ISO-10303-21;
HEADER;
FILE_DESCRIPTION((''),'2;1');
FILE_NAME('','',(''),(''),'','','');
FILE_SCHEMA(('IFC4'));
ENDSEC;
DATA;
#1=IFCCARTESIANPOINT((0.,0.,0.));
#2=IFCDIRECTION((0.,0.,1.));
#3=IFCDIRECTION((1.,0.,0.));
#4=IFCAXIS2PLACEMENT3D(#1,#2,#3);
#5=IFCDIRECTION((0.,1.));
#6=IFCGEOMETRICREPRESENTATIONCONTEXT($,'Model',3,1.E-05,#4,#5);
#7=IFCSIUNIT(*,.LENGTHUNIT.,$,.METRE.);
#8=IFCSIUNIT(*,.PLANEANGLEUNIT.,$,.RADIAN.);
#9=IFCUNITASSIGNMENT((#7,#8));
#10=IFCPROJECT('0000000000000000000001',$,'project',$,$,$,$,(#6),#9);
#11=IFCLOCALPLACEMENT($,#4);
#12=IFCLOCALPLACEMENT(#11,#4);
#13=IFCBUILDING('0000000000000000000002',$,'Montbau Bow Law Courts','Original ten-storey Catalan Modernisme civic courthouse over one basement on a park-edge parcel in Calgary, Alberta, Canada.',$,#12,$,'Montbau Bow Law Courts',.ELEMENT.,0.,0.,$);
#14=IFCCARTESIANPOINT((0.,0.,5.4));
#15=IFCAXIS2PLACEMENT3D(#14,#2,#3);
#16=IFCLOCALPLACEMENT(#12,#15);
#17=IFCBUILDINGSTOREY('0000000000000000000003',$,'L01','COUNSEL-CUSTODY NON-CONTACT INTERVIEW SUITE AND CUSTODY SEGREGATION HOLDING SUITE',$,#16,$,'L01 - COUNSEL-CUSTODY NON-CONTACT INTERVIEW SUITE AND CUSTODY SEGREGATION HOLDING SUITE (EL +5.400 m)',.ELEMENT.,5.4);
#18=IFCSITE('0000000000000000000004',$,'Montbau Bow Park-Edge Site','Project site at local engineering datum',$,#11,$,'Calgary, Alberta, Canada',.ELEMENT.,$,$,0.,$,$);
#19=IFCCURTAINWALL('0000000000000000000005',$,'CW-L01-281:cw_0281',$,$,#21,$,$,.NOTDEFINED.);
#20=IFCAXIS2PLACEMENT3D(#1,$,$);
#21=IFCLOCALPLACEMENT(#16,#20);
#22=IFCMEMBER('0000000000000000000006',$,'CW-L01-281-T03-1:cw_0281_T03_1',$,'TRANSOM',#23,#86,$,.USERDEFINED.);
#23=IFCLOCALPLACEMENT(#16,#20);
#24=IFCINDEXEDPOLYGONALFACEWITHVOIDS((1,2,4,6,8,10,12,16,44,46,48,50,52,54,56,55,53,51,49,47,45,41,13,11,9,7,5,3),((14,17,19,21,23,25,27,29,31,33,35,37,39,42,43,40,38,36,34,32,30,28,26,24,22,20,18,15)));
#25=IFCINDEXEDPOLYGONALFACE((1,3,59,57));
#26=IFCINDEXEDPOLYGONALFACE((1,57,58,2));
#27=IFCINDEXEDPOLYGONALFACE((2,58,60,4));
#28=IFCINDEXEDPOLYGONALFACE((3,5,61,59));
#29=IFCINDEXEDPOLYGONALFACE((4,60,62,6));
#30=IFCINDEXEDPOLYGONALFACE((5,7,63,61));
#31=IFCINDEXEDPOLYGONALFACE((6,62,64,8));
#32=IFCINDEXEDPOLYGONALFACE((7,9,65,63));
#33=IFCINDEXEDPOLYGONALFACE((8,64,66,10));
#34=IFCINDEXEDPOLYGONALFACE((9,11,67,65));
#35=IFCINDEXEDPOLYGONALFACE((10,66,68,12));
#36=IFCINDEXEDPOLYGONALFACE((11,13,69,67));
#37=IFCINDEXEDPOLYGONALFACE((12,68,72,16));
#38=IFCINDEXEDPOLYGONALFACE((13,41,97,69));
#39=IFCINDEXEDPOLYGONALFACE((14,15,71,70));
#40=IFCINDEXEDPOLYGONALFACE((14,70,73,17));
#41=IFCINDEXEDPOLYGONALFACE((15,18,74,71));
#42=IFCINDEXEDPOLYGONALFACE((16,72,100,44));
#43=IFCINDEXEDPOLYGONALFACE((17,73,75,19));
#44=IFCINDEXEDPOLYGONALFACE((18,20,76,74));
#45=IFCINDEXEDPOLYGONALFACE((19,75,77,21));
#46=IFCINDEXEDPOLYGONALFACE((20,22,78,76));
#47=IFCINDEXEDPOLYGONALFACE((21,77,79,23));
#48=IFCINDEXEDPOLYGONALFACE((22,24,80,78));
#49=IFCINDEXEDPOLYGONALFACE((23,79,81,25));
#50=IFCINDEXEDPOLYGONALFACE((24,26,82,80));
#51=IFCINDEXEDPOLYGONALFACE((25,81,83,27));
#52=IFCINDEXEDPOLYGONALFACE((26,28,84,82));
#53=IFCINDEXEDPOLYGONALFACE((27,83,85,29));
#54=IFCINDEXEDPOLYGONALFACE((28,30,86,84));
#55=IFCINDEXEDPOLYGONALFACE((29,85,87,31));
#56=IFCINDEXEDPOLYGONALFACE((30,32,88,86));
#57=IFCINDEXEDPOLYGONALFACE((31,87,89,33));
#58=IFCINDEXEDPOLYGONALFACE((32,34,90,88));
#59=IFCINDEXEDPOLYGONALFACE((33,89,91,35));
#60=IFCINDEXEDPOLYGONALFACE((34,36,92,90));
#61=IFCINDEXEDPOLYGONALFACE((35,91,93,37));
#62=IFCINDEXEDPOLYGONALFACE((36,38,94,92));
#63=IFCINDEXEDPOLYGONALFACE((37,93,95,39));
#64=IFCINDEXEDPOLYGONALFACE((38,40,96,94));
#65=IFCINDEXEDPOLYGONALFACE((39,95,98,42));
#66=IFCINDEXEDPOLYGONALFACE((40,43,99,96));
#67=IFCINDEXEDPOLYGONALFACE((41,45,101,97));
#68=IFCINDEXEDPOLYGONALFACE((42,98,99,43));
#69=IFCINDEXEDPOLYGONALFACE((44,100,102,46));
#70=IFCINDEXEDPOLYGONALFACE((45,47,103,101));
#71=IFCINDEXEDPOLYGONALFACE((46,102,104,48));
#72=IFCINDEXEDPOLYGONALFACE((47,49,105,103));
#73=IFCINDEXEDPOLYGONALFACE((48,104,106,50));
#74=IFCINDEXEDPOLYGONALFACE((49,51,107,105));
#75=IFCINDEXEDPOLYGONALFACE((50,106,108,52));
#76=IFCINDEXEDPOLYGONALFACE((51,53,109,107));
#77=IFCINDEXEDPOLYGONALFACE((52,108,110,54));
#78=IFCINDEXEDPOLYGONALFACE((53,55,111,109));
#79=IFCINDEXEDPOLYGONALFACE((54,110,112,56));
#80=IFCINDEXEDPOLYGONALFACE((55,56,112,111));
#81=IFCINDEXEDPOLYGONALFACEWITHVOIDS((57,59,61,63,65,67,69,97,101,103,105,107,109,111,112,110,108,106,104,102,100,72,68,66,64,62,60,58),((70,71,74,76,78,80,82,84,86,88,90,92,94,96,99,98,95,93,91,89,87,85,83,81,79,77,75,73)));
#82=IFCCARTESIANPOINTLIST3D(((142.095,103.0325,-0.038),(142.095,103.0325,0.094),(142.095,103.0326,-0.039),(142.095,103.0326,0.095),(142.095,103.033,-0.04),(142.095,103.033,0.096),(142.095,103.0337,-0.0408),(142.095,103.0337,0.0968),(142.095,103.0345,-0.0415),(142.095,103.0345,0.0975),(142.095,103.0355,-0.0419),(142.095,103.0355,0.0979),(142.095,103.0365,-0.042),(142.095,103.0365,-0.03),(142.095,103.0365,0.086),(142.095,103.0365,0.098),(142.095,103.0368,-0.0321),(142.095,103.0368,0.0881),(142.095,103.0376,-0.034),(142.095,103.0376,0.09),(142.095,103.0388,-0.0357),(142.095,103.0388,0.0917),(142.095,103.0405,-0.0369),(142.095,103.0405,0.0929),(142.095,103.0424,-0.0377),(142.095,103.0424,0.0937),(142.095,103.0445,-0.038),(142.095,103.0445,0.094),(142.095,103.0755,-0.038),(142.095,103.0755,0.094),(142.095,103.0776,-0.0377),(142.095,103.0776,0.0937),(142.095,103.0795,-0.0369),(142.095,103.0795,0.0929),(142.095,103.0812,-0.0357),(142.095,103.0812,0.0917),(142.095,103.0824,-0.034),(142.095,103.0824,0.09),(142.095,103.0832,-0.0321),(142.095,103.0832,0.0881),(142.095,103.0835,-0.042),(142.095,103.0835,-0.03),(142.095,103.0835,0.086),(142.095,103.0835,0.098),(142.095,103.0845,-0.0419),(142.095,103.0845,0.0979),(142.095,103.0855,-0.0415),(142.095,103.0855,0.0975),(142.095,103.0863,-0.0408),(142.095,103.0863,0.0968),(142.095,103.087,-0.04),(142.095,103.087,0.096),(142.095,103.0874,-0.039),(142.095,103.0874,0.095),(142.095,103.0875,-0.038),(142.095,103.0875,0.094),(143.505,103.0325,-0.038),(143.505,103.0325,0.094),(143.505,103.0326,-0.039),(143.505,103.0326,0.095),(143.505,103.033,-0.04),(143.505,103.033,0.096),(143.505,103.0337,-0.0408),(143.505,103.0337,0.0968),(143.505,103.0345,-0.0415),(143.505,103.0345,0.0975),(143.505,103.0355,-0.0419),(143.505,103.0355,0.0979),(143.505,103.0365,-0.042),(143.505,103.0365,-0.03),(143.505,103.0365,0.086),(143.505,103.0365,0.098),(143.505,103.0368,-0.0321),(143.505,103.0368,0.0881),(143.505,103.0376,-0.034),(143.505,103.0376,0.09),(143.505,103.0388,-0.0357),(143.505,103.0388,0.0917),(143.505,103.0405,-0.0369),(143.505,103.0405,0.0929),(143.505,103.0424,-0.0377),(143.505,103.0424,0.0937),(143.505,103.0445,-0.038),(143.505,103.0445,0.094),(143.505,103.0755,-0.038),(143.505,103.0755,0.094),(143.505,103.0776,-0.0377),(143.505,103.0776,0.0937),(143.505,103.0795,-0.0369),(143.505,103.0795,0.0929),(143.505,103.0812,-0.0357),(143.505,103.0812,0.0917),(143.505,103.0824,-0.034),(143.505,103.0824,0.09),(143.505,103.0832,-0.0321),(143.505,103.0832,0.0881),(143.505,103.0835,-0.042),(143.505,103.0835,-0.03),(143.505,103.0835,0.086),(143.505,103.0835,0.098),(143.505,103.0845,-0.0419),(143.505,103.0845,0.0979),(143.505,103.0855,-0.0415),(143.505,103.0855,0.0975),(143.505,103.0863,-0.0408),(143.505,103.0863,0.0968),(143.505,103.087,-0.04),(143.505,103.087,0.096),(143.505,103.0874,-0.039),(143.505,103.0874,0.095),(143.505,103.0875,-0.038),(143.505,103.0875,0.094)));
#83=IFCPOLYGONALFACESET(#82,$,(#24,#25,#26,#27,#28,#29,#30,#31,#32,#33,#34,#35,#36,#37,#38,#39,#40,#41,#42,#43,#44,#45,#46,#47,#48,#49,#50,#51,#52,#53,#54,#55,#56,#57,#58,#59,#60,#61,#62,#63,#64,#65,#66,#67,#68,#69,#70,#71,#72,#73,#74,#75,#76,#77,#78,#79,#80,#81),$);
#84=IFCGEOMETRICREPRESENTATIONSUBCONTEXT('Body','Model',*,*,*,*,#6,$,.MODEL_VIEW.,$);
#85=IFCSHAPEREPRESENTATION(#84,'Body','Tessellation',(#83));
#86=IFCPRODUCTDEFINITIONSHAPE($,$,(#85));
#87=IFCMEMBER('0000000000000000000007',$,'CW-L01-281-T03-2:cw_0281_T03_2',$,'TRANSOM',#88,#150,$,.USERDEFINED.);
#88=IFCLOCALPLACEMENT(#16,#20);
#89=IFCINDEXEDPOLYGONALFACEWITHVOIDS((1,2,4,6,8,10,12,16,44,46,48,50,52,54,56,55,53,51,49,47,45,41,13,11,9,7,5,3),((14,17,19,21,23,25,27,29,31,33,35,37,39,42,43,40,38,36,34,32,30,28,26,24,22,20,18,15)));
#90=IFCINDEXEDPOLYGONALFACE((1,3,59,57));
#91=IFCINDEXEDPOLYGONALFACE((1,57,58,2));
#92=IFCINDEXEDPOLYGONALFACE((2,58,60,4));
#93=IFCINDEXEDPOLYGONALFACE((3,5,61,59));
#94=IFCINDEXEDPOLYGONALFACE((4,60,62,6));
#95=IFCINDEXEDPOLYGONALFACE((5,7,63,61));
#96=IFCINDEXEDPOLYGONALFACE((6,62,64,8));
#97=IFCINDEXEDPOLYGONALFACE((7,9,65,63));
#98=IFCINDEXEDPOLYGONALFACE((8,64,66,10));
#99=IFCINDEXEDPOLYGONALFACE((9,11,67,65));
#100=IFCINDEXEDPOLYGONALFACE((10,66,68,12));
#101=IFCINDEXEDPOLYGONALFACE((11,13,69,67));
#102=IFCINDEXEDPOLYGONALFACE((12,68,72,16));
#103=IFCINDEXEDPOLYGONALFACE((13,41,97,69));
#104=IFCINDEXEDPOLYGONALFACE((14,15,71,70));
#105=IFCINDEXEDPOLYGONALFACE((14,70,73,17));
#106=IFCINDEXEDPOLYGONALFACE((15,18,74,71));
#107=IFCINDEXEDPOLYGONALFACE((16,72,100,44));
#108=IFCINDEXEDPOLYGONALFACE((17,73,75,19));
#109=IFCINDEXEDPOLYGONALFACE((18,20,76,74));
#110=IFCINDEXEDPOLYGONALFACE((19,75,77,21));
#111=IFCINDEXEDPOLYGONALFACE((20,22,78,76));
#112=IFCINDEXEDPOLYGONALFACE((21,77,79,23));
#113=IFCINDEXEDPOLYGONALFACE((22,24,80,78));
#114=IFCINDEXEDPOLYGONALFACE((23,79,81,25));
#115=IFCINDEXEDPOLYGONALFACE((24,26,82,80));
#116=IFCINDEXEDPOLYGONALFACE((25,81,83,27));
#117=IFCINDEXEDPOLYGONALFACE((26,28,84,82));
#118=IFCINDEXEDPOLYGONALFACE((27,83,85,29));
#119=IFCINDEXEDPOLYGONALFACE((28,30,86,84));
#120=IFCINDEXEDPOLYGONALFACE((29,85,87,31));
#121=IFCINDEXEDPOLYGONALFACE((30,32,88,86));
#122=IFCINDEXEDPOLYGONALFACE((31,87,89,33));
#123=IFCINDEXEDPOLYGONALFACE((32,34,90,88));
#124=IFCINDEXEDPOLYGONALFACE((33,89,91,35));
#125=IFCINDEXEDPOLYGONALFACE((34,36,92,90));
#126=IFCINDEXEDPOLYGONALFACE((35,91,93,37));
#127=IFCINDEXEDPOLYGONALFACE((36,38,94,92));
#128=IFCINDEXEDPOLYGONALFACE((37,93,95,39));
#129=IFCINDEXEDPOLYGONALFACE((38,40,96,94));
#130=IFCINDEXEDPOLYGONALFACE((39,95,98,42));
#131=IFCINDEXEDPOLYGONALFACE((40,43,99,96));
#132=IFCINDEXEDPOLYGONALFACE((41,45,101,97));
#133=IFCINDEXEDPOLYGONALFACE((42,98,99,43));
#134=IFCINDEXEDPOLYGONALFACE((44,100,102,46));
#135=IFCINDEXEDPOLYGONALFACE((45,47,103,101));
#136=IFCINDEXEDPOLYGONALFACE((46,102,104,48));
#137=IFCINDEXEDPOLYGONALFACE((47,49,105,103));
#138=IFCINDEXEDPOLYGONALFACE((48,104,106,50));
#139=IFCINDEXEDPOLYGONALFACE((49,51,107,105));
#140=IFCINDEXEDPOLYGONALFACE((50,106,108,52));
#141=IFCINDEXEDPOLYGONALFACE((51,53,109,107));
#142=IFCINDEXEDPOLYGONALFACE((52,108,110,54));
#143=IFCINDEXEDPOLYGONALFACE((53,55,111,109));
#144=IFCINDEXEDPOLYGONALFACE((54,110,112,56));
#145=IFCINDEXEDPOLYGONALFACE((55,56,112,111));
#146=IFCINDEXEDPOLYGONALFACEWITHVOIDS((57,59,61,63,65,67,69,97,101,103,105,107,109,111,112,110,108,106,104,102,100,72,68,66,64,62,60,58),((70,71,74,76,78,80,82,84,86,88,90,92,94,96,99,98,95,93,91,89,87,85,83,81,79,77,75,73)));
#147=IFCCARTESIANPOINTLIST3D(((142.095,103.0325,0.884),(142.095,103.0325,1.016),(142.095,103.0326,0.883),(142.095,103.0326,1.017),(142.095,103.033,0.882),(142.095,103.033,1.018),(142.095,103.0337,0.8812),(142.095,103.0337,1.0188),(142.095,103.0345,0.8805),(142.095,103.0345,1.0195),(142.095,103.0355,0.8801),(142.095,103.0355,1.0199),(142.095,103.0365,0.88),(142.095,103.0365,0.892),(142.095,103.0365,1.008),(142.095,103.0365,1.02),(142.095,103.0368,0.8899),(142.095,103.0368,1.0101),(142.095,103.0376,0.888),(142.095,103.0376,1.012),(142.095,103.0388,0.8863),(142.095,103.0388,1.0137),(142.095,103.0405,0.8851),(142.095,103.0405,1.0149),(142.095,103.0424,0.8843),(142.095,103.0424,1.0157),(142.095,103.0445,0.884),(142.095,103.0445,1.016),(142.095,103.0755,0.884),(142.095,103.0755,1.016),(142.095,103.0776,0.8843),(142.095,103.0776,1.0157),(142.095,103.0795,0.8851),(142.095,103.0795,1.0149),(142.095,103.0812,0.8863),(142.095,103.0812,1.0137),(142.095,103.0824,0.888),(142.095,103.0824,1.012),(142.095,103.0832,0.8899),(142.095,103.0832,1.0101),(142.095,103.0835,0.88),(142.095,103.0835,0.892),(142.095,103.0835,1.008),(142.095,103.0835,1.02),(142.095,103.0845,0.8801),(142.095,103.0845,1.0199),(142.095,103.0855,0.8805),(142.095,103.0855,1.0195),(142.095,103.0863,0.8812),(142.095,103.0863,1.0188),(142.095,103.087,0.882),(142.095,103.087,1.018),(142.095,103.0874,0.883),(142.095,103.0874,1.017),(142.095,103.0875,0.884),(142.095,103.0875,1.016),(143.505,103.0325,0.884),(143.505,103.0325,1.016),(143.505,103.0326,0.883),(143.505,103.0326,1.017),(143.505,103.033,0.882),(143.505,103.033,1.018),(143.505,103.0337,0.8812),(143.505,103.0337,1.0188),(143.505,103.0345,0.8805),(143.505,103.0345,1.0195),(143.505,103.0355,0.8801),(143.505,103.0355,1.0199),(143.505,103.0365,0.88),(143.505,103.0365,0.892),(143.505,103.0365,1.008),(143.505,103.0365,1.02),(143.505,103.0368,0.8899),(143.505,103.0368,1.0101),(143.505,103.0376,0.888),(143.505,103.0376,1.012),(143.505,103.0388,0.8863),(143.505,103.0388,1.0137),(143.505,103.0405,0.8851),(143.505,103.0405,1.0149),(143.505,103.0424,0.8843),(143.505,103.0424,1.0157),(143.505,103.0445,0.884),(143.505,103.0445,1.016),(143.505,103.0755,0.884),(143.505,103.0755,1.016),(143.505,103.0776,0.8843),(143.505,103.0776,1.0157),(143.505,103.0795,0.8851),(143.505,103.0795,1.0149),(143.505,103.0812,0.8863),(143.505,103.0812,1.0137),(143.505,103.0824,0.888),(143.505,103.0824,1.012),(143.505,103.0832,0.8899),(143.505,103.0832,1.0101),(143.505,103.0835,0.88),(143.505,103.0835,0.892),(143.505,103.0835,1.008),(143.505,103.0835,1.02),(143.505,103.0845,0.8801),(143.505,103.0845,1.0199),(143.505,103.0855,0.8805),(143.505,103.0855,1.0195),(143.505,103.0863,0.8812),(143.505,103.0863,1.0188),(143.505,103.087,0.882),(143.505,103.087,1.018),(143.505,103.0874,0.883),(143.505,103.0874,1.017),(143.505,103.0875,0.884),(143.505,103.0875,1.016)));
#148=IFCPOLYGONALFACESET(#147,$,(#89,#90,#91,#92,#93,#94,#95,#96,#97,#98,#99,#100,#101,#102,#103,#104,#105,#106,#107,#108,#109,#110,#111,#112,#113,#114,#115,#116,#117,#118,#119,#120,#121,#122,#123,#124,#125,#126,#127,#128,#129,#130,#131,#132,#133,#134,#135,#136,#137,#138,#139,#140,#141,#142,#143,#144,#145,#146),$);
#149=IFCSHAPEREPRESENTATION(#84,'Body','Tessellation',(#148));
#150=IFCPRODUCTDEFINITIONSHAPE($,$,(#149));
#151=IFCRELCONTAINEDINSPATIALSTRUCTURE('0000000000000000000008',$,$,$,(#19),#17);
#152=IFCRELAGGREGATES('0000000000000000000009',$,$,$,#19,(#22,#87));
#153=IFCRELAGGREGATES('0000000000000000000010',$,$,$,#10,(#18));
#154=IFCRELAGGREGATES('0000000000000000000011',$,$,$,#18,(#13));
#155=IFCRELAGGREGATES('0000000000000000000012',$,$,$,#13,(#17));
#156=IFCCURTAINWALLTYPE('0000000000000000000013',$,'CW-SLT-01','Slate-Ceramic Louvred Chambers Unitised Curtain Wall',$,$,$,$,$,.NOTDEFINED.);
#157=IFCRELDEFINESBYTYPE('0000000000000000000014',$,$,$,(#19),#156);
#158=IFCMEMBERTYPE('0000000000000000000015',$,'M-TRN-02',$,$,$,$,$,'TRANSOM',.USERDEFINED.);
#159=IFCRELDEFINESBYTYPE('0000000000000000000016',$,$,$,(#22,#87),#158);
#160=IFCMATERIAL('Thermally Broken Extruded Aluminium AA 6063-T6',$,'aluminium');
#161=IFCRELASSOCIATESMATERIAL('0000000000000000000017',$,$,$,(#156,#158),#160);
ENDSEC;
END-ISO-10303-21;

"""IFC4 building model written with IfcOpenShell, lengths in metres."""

from ifc_helpers import new_model, si_unit, direction, frame, origin_with_axes, origin_2d_with_axis, place, context, subcontext, project, spatial, hollow_rectangle, extrude, material, material_profile, profile_set, type_object, element, aggregate, save


model = new_model("IFC4")

# Units and contexts
model_context = context("Model", 3, precision=1e-05, world=origin_with_axes(), true_north=direction((0.0, 1.0)))
body_context = subcontext(model_context, "Body", "Model", "MODEL_VIEW")
ifc_project = project(units=[si_unit("LENGTHUNIT", "METRE"), si_unit("PLANEANGLEUNIT", "RADIAN")], contexts=[model_context])

# Site, building, storey
site_placement = place(None, origin_with_axes())
site = spatial("IfcSite", under=ifc_project, at=site_placement, Name="Montbau Bow Park-Edge Site", Description="Project site at local engineering datum", LongName="Calgary, Alberta, Canada", CompositionType="ELEMENT", RefElevation=0.0)
building_placement = place(site_placement, origin_with_axes())
building = spatial("IfcBuilding", under=site, at=building_placement, Name="Montbau Bow Law Courts", Description="Original ten-storey Catalan Modernisme civic courthouse over one basement on a park-edge parcel in Calgary, Alberta, Canada.", LongName="Montbau Bow Law Courts", CompositionType="ELEMENT", ElevationOfRefHeight=0.0, ElevationOfTerrain=0.0)
storey_placement = place(building_placement, frame((0.0, 0.0, 5.4), z_axis=(0.0, 0.0, 1.0), x_axis=(1.0, 0.0, 0.0)))
storey = spatial("IfcBuildingStorey", under=building, at=storey_placement, Name="L01", Description="COUNSEL-CUSTODY NON-CONTACT INTERVIEW SUITE AND CUSTODY SEGREGATION HOLDING SUITE", LongName="L01 - COUNSEL-CUSTODY NON-CONTACT INTERVIEW SUITE AND CUSTODY SEGREGATION HOLDING SUITE (EL +5.400 m)", CompositionType="ELEMENT", Elevation=5.4)

# Curtain wall, members
ifc_material_1 = material(Name="Thermally Broken Extruded Aluminium AA 6063-T6", Category="aluminium")
curtain_wall_type = type_object("IfcCurtainWallType", Name="CW-SLT-01", Description="Slate-Ceramic Louvred Chambers Unitised Curtain Wall", PredefinedType="NOTDEFINED", material=ifc_material_1)
curtain_wall_placement = place(None, frame((139.115, 103.06, 5.4), z_axis=(0.0, 0.0, 1.0), x_axis=(1.0, 0.0, 0.0)))
curtain_wall = element("IfcCurtainWall", 1, at=curtain_wall_placement, inside=storey, type_object=curtain_wall_type, Name="CW-L01-281:cw_0281", PredefinedType="NOTDEFINED")
ifc_material_profile_1 = material_profile(ifc_material_1, hollow_rectangle(XDim=0.055, YDim=0.14, WallThickness=0.004, InnerFilletRadius=0.008, OuterFilletRadius=0.004, at=origin_2d_with_axis()), Name="CWT-140X55", Category="Main", Priority=0)
ifc_profile_set_1 = profile_set([ifc_material_profile_1], Name="Thermally Broken Extruded Aluminium AA 6063-T6")
member_type_1 = type_object("IfcMemberType", Name="M-TRN-02", ElementType="TRANSOM", PredefinedType="USERDEFINED", material=ifc_profile_set_1)
member_1_placement = place(None, frame((142.095, 103.06, 5.428), z_axis=(1.0, 0.0, 0.0), x_axis=(0.0, 1.0, 0.0)))
member_1 = element("IfcMember", 2, at=member_1_placement, type_object=member_type_1, Name="CW-L01-281-T03-1:cw_0281_T03_1", ObjectType="TRANSOM", PredefinedType="USERDEFINED", context=body_context, shape_type="SweptSolid", body=[
    extrude(hollow_rectangle(XDim=0.055, YDim=0.14, WallThickness=0.004, InnerFilletRadius=0.008, OuterFilletRadius=0.004, at=origin_2d_with_axis()), origin_with_axes(), (0.0, 0.0, 1.0), 1.41),
])
member_2_placement = place(None, frame((142.095, 103.06, 6.35), z_axis=(1.0, 0.0, 0.0), x_axis=(0.0, 1.0, 0.0)))
member_2 = element("IfcMember", 3, at=member_2_placement, type_object=member_type_1, Name="CW-L01-281-T03-2:cw_0281_T03_2", ObjectType="TRANSOM", PredefinedType="USERDEFINED", context=body_context, shape_type="SweptSolid", body=[
    extrude(hollow_rectangle(XDim=0.055, YDim=0.14, WallThickness=0.004, InnerFilletRadius=0.008, OuterFilletRadius=0.004, at=origin_2d_with_axis()), origin_with_axes(), (0.0, 0.0, 1.0), 1.41),
])
aggregate(curtain_wall, [member_1, member_2])

save(model, "model.ifc")
